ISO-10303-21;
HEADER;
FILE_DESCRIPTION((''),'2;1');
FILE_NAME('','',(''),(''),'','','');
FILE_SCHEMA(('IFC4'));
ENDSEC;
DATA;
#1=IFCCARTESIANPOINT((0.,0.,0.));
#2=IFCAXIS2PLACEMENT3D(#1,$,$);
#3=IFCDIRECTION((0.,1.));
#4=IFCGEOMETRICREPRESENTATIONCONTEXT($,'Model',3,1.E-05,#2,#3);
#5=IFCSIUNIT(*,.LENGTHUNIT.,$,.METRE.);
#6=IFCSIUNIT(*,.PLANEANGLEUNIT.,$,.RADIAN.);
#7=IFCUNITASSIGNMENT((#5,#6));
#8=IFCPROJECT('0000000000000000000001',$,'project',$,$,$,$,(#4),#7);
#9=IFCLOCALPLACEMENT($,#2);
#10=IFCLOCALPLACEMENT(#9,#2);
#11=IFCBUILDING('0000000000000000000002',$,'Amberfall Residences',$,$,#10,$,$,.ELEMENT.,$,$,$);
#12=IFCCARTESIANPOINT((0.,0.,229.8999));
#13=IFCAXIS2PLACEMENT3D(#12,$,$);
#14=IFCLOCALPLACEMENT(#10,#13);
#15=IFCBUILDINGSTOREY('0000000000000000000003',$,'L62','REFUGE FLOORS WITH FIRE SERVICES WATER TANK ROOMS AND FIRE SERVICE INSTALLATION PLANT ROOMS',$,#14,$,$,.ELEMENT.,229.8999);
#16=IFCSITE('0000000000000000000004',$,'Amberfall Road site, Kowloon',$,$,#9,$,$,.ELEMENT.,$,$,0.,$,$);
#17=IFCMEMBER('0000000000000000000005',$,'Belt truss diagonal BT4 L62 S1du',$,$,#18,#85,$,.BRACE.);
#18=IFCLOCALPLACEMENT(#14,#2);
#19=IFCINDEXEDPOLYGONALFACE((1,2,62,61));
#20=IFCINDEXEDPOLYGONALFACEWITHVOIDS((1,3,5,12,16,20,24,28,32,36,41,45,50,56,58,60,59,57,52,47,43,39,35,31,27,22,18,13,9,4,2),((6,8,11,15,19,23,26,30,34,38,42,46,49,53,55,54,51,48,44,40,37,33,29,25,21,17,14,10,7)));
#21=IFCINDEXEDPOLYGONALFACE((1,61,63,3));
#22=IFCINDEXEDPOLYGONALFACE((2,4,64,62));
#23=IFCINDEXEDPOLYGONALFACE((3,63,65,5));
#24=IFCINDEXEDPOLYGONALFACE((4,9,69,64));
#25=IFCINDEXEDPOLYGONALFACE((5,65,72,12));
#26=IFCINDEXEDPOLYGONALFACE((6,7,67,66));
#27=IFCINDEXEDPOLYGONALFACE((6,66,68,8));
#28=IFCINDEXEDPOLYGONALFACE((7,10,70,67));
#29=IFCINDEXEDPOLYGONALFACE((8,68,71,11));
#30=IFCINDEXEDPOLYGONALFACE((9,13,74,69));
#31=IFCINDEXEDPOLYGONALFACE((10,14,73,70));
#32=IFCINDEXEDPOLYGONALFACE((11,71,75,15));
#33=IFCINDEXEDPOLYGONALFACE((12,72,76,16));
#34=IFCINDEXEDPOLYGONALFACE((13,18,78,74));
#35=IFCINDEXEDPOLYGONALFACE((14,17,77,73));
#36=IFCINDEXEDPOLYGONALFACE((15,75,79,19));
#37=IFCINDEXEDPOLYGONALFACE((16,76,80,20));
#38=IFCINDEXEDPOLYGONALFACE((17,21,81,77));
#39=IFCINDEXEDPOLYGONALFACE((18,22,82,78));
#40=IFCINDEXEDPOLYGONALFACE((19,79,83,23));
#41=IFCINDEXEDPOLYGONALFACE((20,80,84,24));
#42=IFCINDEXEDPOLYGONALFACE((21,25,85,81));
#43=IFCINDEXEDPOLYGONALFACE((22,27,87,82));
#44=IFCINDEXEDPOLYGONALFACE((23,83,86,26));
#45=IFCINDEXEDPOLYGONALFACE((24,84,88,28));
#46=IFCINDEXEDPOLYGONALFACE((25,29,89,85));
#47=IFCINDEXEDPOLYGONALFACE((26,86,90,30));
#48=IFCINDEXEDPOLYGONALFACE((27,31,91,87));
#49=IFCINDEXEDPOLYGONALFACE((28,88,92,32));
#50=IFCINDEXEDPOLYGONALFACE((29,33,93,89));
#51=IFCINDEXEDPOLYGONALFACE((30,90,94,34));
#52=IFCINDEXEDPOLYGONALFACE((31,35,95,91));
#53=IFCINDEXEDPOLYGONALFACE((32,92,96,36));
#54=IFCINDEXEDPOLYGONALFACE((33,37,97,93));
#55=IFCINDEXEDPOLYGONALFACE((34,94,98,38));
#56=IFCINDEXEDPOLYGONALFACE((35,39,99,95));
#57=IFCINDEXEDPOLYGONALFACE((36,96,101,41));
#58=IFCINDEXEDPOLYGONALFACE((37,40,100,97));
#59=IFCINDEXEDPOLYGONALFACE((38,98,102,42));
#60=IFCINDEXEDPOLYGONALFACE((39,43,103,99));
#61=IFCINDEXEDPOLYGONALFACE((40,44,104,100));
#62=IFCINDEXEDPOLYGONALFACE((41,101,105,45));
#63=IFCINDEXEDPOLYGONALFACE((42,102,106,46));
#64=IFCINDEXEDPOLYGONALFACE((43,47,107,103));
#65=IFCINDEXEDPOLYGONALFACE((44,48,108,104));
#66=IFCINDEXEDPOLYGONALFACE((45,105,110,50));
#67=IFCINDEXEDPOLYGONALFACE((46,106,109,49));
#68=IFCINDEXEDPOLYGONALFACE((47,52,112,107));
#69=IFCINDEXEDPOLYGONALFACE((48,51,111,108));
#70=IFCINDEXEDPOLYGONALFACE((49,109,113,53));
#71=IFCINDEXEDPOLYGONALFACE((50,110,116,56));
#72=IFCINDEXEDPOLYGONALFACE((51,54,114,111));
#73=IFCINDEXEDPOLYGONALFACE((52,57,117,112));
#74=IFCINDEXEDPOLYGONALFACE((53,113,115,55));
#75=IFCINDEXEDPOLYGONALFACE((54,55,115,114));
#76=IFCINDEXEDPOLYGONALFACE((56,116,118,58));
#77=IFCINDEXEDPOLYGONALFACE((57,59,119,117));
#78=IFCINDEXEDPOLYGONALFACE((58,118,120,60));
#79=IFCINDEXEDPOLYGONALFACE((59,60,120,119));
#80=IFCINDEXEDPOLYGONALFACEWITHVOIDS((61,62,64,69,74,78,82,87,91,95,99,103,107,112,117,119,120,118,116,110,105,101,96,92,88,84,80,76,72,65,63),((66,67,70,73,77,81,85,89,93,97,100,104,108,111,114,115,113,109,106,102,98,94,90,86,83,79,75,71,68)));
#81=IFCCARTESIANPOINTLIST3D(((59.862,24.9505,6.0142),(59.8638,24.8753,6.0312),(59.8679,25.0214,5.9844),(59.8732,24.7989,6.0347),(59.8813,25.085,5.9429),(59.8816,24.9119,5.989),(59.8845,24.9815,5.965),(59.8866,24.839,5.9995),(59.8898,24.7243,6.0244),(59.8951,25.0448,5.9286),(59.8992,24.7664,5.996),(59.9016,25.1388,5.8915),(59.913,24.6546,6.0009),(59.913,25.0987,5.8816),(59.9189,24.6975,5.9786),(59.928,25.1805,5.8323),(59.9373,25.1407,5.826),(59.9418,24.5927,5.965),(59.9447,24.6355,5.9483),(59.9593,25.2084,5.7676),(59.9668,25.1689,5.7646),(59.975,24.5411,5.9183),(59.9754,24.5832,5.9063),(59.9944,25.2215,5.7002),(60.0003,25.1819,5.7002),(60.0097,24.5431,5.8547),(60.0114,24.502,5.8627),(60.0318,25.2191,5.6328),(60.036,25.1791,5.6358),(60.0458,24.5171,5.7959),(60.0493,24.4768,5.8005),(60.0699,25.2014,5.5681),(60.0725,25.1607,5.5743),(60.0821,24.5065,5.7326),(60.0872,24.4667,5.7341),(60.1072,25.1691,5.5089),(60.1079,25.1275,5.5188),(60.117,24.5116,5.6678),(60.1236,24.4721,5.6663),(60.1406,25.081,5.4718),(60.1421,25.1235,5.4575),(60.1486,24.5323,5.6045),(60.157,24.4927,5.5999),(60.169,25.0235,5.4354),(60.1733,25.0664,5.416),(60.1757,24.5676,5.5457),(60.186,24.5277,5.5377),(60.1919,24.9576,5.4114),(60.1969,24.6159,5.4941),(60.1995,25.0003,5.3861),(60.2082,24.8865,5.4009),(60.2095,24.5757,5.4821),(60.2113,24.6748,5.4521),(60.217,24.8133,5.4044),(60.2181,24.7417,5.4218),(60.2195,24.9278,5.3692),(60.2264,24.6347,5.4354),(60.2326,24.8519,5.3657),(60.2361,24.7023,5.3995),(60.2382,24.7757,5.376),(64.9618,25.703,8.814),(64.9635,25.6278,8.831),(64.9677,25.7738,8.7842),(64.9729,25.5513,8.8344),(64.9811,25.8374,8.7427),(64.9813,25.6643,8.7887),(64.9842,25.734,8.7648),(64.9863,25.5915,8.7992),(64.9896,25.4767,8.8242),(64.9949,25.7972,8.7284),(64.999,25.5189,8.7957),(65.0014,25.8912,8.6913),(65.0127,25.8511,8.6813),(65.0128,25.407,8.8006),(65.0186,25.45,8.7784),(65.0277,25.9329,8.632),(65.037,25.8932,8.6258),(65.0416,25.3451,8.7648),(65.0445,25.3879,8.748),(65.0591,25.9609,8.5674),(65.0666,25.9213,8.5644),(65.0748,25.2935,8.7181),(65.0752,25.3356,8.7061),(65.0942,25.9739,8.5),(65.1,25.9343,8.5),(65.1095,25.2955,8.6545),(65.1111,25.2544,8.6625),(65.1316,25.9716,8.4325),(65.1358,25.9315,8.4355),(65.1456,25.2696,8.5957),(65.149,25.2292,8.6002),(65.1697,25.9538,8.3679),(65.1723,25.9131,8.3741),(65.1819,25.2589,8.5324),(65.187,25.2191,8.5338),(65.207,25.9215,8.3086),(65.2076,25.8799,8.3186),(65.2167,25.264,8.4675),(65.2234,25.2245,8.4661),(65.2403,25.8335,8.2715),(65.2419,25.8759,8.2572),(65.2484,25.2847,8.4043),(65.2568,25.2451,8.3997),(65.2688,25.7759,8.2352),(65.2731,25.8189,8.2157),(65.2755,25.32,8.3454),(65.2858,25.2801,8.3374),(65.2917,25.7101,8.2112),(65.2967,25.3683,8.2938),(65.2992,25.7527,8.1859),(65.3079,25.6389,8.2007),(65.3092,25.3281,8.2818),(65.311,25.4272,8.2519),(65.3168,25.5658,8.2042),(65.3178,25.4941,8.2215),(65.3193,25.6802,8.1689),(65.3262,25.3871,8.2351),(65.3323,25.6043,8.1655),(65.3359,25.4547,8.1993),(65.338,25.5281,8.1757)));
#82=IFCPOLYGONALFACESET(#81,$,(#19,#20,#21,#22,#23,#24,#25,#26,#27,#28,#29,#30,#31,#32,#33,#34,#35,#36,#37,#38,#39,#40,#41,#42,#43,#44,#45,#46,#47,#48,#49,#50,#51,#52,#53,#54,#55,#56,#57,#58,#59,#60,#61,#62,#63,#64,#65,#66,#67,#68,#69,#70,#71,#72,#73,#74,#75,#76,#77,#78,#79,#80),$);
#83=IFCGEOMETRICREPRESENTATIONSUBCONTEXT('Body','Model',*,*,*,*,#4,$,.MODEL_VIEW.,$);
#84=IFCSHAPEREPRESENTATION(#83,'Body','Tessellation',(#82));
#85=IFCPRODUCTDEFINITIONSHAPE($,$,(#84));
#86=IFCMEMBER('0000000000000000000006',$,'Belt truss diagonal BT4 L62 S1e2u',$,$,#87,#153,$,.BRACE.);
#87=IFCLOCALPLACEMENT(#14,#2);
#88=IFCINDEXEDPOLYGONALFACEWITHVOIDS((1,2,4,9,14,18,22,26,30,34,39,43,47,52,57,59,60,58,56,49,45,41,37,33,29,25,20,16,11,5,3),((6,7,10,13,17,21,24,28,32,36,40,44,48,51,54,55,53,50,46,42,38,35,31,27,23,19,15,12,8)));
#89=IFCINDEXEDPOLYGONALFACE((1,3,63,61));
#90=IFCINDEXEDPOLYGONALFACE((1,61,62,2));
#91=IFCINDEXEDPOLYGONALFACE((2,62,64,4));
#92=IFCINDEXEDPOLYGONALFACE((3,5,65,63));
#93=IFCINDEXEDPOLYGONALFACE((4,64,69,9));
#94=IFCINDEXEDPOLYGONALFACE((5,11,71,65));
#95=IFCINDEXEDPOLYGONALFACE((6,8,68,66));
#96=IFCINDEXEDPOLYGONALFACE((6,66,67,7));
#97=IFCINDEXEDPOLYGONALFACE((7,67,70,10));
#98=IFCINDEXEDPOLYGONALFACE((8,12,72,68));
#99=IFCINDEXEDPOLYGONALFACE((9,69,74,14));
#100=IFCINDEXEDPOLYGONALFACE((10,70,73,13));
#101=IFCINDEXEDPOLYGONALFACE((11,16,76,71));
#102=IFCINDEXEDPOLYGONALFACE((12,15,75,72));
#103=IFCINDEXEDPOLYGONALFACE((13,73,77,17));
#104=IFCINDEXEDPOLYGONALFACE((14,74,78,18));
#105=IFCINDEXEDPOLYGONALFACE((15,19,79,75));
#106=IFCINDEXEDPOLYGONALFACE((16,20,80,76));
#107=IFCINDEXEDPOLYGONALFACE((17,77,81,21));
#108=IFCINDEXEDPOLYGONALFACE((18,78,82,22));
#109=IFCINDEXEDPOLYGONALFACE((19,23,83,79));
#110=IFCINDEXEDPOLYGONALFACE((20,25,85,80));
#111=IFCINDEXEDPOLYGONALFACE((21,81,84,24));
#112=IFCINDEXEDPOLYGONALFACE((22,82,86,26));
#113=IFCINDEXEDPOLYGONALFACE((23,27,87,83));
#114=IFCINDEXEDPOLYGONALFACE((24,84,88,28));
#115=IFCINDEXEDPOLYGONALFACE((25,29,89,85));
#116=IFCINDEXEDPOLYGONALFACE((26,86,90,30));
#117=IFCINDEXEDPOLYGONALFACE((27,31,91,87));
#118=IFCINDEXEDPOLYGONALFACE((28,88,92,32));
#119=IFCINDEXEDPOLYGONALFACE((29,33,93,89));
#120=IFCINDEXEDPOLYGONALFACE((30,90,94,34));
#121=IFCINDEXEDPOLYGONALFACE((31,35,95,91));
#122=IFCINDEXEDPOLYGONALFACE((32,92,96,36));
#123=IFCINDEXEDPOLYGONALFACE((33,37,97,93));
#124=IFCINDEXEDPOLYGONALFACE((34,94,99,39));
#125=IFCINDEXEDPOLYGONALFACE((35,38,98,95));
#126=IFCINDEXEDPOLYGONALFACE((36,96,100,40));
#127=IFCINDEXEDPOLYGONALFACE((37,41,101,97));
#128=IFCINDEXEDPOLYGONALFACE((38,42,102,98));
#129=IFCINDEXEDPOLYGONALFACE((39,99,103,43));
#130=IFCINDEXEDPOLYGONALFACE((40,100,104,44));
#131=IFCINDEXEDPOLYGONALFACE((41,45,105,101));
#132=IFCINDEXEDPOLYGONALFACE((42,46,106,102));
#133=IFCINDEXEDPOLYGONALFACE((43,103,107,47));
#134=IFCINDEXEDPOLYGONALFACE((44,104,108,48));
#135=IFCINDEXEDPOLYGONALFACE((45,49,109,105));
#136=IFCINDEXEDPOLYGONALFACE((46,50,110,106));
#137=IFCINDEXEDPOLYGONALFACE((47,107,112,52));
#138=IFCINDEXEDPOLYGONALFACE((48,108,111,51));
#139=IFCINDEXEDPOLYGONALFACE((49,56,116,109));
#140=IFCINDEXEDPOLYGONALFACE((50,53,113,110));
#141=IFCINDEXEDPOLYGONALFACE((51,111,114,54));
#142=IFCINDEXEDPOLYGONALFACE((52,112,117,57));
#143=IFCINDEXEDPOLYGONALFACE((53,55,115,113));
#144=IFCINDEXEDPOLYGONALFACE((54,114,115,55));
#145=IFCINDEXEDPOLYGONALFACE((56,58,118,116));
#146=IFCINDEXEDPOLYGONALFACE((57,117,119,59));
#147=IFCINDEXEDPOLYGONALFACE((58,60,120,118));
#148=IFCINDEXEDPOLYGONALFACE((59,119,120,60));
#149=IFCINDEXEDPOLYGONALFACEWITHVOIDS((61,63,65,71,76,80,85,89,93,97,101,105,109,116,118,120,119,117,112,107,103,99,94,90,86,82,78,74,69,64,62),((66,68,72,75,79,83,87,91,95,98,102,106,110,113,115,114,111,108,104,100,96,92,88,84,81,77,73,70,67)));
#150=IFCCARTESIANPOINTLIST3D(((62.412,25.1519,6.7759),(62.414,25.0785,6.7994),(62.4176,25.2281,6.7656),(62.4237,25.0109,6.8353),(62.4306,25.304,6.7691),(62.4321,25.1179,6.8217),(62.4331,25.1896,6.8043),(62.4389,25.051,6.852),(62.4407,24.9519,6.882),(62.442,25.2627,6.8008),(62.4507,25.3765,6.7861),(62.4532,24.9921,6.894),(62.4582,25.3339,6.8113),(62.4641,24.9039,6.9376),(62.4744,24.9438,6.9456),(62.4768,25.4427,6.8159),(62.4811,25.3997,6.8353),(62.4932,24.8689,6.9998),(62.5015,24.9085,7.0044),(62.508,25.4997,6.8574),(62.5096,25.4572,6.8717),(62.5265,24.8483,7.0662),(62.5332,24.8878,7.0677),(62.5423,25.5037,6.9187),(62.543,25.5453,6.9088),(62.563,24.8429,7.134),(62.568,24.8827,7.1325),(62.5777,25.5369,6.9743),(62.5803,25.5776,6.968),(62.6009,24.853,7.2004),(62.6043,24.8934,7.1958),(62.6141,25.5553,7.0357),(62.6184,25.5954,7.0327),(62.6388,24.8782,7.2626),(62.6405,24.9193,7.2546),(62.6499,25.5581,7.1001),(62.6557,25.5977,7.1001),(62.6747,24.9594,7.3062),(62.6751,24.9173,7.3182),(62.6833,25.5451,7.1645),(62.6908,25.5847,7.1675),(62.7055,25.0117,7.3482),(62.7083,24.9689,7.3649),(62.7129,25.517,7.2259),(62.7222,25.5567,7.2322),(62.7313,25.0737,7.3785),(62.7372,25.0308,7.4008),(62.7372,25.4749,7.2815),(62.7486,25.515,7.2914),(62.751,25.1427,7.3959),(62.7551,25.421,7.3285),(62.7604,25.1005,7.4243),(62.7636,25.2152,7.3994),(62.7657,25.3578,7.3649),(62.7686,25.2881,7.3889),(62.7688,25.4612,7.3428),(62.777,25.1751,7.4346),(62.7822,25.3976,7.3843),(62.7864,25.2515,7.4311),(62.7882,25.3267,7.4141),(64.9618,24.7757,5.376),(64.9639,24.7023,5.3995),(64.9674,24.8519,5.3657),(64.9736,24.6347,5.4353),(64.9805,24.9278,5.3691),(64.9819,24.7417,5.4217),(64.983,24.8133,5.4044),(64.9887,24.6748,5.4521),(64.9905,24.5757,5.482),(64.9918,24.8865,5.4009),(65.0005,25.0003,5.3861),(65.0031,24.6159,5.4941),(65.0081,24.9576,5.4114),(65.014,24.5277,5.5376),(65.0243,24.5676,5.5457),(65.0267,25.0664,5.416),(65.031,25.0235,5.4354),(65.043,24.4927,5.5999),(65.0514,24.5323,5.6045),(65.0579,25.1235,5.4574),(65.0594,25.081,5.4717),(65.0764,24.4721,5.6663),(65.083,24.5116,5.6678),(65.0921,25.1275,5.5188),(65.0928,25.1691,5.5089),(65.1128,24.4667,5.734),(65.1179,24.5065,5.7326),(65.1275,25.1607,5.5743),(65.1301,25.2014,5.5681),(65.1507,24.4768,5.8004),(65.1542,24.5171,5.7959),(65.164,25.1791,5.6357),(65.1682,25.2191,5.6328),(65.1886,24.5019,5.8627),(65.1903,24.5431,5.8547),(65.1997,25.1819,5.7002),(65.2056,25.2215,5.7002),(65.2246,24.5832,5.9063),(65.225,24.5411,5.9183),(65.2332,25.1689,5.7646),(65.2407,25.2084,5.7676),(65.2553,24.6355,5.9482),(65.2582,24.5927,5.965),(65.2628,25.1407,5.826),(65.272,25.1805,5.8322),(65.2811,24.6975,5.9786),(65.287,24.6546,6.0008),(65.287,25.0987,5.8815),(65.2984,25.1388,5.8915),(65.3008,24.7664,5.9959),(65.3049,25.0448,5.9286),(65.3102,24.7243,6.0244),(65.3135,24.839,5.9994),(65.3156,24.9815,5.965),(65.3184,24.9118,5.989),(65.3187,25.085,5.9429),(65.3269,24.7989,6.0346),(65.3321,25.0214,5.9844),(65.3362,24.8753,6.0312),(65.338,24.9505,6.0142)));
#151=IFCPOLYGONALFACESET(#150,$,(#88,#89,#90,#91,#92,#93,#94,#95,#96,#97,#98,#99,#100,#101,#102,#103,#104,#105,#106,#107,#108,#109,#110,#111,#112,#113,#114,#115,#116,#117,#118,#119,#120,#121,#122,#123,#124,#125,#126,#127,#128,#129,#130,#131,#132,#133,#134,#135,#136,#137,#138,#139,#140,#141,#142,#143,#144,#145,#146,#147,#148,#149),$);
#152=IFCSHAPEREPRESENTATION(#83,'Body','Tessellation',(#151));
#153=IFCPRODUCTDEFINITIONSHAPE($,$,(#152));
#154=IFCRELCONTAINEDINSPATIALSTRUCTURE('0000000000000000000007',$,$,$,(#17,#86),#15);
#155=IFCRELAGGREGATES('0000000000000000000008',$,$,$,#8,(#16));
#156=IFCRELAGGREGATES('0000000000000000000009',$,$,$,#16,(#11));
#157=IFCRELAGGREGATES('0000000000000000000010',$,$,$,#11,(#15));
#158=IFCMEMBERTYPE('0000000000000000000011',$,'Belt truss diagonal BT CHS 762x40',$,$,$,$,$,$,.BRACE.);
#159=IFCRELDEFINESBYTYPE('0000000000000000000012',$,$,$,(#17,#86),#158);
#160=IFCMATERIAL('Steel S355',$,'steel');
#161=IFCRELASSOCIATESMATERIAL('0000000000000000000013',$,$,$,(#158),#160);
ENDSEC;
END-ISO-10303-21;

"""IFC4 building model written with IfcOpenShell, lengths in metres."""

from ifc_helpers import new_model, si_unit, direction, frame, origin, origin_2d, place, context, subcontext, project, spatial, hollow_circle, extrude, material, material_profile, profile_set, type_object, element, save


model = new_model("IFC4")

# Units and contexts
model_context = context("Model", 3, precision=1e-05, world=origin(), true_north=direction((0.0, 1.0)))
body_context = subcontext(model_context, "Body", "Model", "MODEL_VIEW")
ifc_project = project(units=[si_unit("LENGTHUNIT", "METRE"), si_unit("PLANEANGLEUNIT", "RADIAN")], contexts=[model_context])

# Site, building, storey
site_placement = place(None, origin())
site = spatial("IfcSite", under=ifc_project, at=site_placement, Name="Amberfall Road site, Kowloon", CompositionType="ELEMENT", RefElevation=0.0)
building_placement = place(site_placement, origin())
building = spatial("IfcBuilding", under=site, at=building_placement, Name="Amberfall Residences", CompositionType="ELEMENT")
storey_placement = place(building_placement, frame((0.0, 0.0, 229.8999)))
storey = spatial("IfcBuildingStorey", under=building, at=storey_placement, Name="L62", Description="REFUGE FLOORS WITH FIRE SERVICES WATER TANK ROOMS AND FIRE SERVICE INSTALLATION PLANT ROOMS", CompositionType="ELEMENT", Elevation=229.8999)

# Shared definitions
ifc_material_1 = material(Name="Steel S355", Category="steel")

# Members
ifc_material_profile_1 = material_profile(ifc_material_1, hollow_circle(Radius=0.3811, WallThickness=0.04, at=origin_2d()), Name="CHS 762x40")
ifc_profile_set_1 = profile_set([ifc_material_profile_1], Name="Steel S355")
member_type = type_object("IfcMemberType", Name="Belt truss diagonal BT CHS 762x40", PredefinedType="BRACE", material=ifc_profile_set_1)
member_1_placement = place(storey_placement, frame((60.05, 24.8445, 5.7002), z_axis=(0.869346, 0.128265, 0.477269), x_axis=(-0.145962, 0.98929, 0.0)))
element("IfcMember", 1, at=member_1_placement, inside=storey, type_object=member_type, Name="Belt truss diagonal BT4 L62 S1du", PredefinedType="BRACE", context=body_context, shape_type="SweptSolid", body=[
    extrude(hollow_circle(Radius=0.3811, WallThickness=0.04, at=origin_2d()), origin(), (0.0, 0.0, 1.0), 5.8662),
])
member_2_placement = place(storey_placement, frame((62.6001, 25.2207, 7.1001), z_axis=(0.869336, -0.12827, -0.477286), x_axis=(0.145968, 0.989289, 0.0)))
element("IfcMember", 2, at=member_2_placement, inside=storey, type_object=member_type, Name="Belt truss diagonal BT4 L62 S1e2u", PredefinedType="BRACE", context=body_context, shape_type="SweptSolid", body=[
    extrude(hollow_circle(Radius=0.3811, WallThickness=0.04, at=origin_2d()), origin(), (0.0, 0.0, 1.0), 2.9331),
])

save(model, "model.ifc")
